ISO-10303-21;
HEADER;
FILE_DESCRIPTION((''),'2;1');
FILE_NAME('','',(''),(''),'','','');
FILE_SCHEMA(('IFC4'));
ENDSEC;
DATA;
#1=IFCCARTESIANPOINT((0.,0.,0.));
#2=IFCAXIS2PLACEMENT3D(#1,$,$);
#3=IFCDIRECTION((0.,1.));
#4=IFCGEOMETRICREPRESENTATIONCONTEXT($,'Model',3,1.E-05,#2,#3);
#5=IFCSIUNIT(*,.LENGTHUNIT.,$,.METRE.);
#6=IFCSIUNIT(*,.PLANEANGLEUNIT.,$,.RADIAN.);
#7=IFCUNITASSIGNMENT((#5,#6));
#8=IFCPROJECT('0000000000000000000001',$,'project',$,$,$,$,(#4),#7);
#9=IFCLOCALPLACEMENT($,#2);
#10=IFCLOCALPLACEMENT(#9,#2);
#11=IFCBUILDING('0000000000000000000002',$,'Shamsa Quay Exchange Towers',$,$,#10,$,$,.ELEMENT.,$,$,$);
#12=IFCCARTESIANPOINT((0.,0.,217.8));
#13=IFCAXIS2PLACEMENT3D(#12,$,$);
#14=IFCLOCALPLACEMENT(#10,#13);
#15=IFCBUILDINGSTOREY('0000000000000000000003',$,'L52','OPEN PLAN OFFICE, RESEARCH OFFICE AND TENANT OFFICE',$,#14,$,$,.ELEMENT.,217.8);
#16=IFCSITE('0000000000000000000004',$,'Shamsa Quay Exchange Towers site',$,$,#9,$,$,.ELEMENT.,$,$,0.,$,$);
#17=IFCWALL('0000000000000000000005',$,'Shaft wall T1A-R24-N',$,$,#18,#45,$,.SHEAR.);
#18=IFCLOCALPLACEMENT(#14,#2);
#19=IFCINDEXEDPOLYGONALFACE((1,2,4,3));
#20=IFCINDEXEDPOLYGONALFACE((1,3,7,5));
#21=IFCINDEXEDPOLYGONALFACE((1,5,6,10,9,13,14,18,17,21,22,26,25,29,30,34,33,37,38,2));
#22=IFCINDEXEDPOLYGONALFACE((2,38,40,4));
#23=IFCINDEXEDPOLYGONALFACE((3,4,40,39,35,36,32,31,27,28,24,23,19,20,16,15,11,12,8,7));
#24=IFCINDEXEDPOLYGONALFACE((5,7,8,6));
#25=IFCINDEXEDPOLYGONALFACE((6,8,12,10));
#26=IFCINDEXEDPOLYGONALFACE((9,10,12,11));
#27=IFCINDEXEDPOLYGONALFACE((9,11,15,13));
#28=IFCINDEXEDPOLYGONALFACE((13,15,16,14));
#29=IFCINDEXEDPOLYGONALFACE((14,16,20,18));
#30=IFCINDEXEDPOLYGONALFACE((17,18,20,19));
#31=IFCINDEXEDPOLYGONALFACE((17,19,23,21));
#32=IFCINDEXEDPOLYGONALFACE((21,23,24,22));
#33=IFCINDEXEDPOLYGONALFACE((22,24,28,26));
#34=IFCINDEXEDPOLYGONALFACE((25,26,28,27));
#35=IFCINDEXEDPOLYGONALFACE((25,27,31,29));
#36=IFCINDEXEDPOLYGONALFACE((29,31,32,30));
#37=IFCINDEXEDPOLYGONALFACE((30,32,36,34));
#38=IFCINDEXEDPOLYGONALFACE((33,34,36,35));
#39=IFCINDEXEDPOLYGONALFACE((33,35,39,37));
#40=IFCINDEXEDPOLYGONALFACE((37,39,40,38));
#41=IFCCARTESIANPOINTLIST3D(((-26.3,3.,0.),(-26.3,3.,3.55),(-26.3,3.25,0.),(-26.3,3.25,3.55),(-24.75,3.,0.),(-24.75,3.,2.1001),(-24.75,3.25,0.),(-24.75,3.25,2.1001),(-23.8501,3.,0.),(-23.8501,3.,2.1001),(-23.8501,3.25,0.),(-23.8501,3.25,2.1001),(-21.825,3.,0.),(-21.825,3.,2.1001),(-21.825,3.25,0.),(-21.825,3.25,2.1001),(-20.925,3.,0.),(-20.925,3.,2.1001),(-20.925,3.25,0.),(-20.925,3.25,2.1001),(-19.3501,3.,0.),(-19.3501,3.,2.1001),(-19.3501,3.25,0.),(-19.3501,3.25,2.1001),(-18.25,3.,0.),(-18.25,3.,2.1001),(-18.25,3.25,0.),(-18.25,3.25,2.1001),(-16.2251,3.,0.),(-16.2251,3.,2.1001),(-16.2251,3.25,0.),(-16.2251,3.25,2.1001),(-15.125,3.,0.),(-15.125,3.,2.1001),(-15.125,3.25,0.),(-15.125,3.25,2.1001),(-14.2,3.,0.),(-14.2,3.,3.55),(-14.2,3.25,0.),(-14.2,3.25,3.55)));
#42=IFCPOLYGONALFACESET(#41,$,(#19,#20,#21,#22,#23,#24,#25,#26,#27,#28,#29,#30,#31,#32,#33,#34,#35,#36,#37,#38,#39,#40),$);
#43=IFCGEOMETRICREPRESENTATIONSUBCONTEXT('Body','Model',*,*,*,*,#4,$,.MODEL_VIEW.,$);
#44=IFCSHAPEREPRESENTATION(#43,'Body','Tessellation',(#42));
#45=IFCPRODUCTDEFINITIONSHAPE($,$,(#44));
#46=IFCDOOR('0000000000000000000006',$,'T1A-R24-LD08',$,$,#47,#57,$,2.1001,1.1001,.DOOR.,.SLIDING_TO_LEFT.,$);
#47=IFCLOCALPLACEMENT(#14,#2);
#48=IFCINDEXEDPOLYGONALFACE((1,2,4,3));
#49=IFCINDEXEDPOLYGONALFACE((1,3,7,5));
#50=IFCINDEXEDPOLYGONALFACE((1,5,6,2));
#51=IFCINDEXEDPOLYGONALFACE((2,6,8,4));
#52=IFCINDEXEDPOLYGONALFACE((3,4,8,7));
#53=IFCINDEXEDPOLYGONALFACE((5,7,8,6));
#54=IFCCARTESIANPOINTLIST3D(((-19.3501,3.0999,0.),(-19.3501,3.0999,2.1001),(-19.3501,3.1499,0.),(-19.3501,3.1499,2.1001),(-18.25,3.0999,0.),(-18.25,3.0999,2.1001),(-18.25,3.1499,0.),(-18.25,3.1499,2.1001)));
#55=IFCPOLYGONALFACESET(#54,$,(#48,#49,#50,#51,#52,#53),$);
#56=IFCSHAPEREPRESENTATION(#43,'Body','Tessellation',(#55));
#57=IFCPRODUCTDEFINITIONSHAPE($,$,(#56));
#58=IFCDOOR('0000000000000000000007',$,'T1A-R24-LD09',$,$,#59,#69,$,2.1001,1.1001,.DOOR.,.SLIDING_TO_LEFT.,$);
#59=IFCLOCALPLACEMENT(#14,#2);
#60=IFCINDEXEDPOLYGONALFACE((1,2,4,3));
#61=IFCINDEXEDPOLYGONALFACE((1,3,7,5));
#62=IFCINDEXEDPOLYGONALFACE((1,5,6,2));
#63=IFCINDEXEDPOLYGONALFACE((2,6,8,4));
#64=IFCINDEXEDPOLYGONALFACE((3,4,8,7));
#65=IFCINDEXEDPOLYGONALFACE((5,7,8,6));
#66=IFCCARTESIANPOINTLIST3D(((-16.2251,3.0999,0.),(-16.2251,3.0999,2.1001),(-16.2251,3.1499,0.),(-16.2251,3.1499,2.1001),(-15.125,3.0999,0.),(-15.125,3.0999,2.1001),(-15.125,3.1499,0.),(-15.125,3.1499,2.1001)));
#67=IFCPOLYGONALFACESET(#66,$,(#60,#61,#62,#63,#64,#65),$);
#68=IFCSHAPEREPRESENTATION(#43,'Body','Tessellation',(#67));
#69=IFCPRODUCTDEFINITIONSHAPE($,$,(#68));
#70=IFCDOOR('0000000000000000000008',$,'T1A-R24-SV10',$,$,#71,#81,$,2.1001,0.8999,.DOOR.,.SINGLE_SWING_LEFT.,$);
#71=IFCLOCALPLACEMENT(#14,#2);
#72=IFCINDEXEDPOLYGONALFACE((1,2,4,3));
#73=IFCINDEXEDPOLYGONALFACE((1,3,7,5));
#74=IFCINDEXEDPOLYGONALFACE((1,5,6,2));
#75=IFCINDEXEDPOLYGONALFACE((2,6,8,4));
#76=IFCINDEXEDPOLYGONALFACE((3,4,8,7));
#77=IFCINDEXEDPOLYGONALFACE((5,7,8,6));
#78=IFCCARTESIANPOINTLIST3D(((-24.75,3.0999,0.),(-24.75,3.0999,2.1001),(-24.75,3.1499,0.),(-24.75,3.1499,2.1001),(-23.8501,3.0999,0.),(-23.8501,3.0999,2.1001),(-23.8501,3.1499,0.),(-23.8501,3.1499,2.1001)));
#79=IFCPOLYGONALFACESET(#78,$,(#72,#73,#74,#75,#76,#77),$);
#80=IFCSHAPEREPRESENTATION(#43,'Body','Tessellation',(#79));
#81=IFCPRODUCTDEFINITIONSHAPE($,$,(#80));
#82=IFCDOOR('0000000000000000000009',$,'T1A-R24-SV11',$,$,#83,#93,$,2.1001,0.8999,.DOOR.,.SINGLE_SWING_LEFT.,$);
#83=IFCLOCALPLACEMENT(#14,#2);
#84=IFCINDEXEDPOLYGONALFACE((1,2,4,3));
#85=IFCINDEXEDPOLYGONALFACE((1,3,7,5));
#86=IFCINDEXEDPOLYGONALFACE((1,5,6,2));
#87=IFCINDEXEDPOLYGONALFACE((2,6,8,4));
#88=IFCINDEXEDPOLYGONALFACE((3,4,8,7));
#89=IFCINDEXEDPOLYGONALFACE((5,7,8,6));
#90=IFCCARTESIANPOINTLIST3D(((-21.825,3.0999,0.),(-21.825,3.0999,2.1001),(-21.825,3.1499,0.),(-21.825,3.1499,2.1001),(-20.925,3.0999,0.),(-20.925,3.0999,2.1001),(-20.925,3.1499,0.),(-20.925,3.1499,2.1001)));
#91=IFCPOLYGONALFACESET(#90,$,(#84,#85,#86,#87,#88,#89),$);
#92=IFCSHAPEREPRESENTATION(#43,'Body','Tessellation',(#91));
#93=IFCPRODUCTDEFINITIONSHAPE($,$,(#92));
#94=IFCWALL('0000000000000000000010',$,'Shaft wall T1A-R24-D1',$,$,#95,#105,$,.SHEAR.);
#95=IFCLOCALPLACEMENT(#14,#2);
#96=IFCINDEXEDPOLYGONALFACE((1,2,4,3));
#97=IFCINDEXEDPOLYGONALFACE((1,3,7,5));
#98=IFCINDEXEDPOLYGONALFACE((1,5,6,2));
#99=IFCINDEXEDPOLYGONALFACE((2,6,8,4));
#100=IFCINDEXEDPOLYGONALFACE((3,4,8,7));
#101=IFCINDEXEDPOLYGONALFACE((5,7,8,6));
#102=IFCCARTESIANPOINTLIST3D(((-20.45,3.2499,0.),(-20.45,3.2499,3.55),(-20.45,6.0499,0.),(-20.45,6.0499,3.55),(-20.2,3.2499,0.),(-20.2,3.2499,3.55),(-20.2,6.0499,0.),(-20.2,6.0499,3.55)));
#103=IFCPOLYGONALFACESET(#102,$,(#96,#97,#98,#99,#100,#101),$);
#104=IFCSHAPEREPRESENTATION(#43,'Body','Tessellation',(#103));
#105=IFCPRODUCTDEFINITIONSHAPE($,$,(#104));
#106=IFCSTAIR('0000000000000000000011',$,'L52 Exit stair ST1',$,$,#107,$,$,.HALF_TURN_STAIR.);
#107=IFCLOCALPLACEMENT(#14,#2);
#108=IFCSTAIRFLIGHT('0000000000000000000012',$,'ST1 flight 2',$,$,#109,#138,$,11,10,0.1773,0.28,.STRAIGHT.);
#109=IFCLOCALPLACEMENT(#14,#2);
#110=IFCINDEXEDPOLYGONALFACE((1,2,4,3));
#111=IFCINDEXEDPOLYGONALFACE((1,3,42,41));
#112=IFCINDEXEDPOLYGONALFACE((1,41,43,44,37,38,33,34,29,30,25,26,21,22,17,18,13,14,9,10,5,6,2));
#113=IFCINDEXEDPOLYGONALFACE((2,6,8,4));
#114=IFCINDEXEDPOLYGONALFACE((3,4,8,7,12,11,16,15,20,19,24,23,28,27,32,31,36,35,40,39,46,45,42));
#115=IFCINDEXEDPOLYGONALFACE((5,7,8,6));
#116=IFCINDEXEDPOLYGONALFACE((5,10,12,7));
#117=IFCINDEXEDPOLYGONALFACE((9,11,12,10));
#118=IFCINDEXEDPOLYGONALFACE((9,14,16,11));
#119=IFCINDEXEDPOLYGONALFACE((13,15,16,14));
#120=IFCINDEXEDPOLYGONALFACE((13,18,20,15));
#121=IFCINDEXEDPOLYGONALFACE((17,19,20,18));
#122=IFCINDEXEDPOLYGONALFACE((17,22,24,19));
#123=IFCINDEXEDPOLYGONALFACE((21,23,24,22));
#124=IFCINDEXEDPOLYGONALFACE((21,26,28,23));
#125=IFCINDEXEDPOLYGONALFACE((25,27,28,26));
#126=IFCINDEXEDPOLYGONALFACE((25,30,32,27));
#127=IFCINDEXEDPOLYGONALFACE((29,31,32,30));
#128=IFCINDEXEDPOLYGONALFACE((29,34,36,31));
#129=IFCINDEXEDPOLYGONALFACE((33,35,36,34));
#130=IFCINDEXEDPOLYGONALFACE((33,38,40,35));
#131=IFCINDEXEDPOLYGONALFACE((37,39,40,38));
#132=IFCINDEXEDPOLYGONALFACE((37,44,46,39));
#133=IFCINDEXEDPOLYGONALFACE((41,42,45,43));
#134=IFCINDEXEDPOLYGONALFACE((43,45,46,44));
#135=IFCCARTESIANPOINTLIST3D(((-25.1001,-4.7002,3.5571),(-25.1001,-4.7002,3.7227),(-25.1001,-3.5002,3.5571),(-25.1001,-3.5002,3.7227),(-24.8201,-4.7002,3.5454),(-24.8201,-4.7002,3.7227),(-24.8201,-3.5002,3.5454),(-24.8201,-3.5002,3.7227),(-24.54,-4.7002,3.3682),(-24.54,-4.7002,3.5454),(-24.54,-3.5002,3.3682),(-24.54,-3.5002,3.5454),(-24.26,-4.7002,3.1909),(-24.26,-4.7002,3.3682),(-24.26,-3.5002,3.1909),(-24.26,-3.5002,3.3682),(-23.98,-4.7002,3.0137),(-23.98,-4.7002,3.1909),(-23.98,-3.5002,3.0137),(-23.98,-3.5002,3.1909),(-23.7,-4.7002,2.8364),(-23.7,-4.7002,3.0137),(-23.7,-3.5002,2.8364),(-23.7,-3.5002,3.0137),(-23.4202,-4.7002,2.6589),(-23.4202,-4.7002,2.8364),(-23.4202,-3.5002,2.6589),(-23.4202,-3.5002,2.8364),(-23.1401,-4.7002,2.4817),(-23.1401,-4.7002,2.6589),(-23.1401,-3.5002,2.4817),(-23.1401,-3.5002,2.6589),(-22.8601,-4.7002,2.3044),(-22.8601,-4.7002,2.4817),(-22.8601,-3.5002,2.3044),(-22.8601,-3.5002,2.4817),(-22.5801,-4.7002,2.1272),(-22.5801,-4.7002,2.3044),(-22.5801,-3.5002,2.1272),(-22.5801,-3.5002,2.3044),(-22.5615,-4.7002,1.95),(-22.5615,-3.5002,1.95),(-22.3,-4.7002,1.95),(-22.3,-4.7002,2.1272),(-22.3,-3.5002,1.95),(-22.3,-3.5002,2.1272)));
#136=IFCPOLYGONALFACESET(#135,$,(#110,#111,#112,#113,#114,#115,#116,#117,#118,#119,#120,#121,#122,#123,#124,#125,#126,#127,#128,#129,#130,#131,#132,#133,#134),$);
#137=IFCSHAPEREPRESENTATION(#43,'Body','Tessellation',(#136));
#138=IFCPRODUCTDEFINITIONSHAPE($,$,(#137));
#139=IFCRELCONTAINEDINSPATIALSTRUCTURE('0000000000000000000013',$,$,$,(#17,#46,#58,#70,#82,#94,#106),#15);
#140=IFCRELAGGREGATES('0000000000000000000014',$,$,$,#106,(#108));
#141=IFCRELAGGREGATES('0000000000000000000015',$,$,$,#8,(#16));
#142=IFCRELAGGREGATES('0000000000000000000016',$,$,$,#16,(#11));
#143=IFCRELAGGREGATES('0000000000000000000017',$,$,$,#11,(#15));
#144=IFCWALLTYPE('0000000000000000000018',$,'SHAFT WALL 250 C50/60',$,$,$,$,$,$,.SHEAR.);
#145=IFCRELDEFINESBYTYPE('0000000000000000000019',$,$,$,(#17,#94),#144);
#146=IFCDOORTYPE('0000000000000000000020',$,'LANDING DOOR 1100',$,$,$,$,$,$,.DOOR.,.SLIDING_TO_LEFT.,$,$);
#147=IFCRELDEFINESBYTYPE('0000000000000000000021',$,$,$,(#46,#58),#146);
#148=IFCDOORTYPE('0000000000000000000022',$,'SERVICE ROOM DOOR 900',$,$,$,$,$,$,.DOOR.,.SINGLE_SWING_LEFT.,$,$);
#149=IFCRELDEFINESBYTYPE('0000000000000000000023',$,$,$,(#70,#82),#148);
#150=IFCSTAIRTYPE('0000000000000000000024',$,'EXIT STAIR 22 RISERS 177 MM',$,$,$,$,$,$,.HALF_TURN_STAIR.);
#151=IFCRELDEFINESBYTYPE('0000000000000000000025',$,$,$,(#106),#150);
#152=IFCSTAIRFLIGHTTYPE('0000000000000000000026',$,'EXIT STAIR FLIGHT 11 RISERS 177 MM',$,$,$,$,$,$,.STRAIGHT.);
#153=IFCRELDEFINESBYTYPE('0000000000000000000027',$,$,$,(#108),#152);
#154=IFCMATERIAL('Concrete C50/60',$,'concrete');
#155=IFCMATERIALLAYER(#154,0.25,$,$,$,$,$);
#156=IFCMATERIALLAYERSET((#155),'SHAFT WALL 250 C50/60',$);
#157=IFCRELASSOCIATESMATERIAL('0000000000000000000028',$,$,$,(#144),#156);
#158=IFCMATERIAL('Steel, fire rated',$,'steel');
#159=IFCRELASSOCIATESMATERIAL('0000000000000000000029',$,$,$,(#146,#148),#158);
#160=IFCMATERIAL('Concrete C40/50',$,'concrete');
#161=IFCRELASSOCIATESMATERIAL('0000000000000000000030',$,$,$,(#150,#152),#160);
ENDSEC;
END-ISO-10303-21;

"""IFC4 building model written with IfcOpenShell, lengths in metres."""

from ifc_helpers import new_model, si_unit, direction, frame, frame_2d, origin, place, context, subcontext, project, spatial, polyline, rectangle, outline, extrude, material, layer, layer_set, type_object, element, fill, aggregate, save


model = new_model("IFC4")

# Units and contexts
model_context = context("Model", 3, precision=1e-05, world=origin(), true_north=direction((0.0, 1.0)))
body_context = subcontext(model_context, "Body", "Model", "MODEL_VIEW")
ifc_project = project(units=[si_unit("LENGTHUNIT", "METRE"), si_unit("PLANEANGLEUNIT", "RADIAN")], contexts=[model_context])

# Site, building, storey
site_placement = place(None, origin())
site = spatial("IfcSite", under=ifc_project, at=site_placement, Name="Shamsa Quay Exchange Towers site", CompositionType="ELEMENT", RefElevation=0.0)
building_placement = place(site_placement, origin())
building = spatial("IfcBuilding", under=site, at=building_placement, Name="Shamsa Quay Exchange Towers", CompositionType="ELEMENT")
storey_placement = place(building_placement, frame((0.0, 0.0, 217.8)))
storey = spatial("IfcBuildingStorey", under=building, at=storey_placement, Name="L52", Description="OPEN PLAN OFFICE, RESEARCH OFFICE AND TENANT OFFICE", CompositionType="ELEMENT", Elevation=217.8)

# Shared definitions
ifc_material_1 = material(Name="Steel, fire rated", Category="steel")

# Shared definitions
ifc_material_2 = material(Name="Concrete C50/60", Category="concrete")
ifc_layer_1 = layer(ifc_material_2, 0.25)
ifc_layer_set_1 = layer_set([ifc_layer_1], Name="SHAFT WALL 250 C50/60")
wall_type_1 = type_object("IfcWallType", Name="SHAFT WALL 250 C50/60", PredefinedType="SHEAR", material=ifc_layer_set_1)

# Wall, openings, doors
wall_1_placement = place(storey_placement, frame((-26.3, 3.125, 0.0)))
wall_1 = element("IfcWall", 1, at=wall_1_placement, inside=storey, type_object=wall_type_1, Name="Shaft wall T1A-R24-N", PredefinedType="SHEAR", context=body_context, shape_type="SweptSolid", body=[
    extrude(rectangle(XDim=12.1001, YDim=0.25, at=frame_2d((6.05, 0.0))), origin(), (0.0, 0.0, 1.0), 3.55),
])
opening_1_placement = place(wall_1_placement, frame((6.95, 0.0, 0.0)))
opening_1 = element("IfcOpeningElement", 2, at=opening_1_placement, cuts=wall_1, PredefinedType="OPENING", context=body_context, shape_type="SweptSolid", body=[
    extrude(rectangle(XDim=1.1001, YDim=2.1001, at=frame_2d((0.55, 1.05))), frame((0.0, 0.135, 0.0), z_axis=(0.0, -1.0, 0.0), x_axis=(1.0, 0.0, 0.0)), (0.0, 0.0, 1.0), 0.27),
])
opening_2_placement = place(wall_1_placement, frame((10.075, 0.0, 0.0)))
opening_2 = element("IfcOpeningElement", 3, at=opening_2_placement, cuts=wall_1, PredefinedType="OPENING", context=body_context, shape_type="SweptSolid", body=[
    extrude(rectangle(XDim=1.1001, YDim=2.1001, at=frame_2d((0.55, 1.05))), frame((0.0, 0.135, 0.0), z_axis=(0.0, -1.0, 0.0), x_axis=(1.0, 0.0, 0.0)), (0.0, 0.0, 1.0), 0.27),
])
opening_3_placement = place(wall_1_placement, frame((1.55, 0.0, 0.0)))
opening_3 = element("IfcOpeningElement", 4, at=opening_3_placement, cuts=wall_1, PredefinedType="OPENING", context=body_context, shape_type="SweptSolid", body=[
    extrude(rectangle(XDim=0.8999, YDim=2.1001, at=frame_2d((0.45, 1.05))), frame((0.0, 0.135, 0.0), z_axis=(0.0, -1.0, 0.0), x_axis=(1.0, 0.0, 0.0)), (0.0, 0.0, 1.0), 0.27),
])
opening_4_placement = place(wall_1_placement, frame((4.4751, 0.0, 0.0)))
opening_4 = element("IfcOpeningElement", 5, at=opening_4_placement, cuts=wall_1, PredefinedType="OPENING", context=body_context, shape_type="SweptSolid", body=[
    extrude(rectangle(XDim=0.8999, YDim=2.1001, at=frame_2d((0.45, 1.05))), frame((0.0, 0.135, 0.0), z_axis=(0.0, -1.0, 0.0), x_axis=(1.0, 0.0, 0.0)), (0.0, 0.0, 1.0), 0.27),
])
door_type_1 = type_object("IfcDoorType", Name="LANDING DOOR 1100", OperationType="SLIDING_TO_LEFT", PredefinedType="DOOR", material=ifc_material_1)
door_1_placement = place(opening_1_placement, origin())
door_1 = element("IfcDoor", 6, at=door_1_placement, inside=storey, type_object=door_type_1, Name="T1A-R24-LD08", OperationType="SLIDING_TO_LEFT", OverallHeight=2.1001, OverallWidth=1.1001, PredefinedType="DOOR", context=body_context, shape_type="SweptSolid", body=[
    extrude(rectangle(XDim=1.1001, YDim=2.1001, at=frame_2d((0.55, 1.05))), frame((0.0, 0.0249, 0.0), z_axis=(0.0, -1.0, 0.0), x_axis=(1.0, 0.0, 0.0)), (0.0, 0.0, 1.0), 0.05),
])
fill(opening_1, door_1)
door_2_placement = place(opening_2_placement, origin())
door_2 = element("IfcDoor", 7, at=door_2_placement, inside=storey, type_object=door_type_1, Name="T1A-R24-LD09", OperationType="SLIDING_TO_LEFT", OverallHeight=2.1001, OverallWidth=1.1001, PredefinedType="DOOR", context=body_context, shape_type="SweptSolid", body=[
    extrude(rectangle(XDim=1.1001, YDim=2.1001, at=frame_2d((0.55, 1.05))), frame((0.0, 0.0249, 0.0), z_axis=(0.0, -1.0, 0.0), x_axis=(1.0, 0.0, 0.0)), (0.0, 0.0, 1.0), 0.05),
])
fill(opening_2, door_2)
door_type_2 = type_object("IfcDoorType", Name="SERVICE ROOM DOOR 900", OperationType="SINGLE_SWING_LEFT", PredefinedType="DOOR", material=ifc_material_1)
door_3_placement = place(opening_3_placement, origin())
door_3 = element("IfcDoor", 8, at=door_3_placement, inside=storey, type_object=door_type_2, Name="T1A-R24-SV10", OperationType="SINGLE_SWING_LEFT", OverallHeight=2.1001, OverallWidth=0.8999, PredefinedType="DOOR", context=body_context, shape_type="SweptSolid", body=[
    extrude(rectangle(XDim=0.8999, YDim=2.1001, at=frame_2d((0.45, 1.05))), frame((0.0, 0.0249, 0.0), z_axis=(0.0, -1.0, 0.0), x_axis=(1.0, 0.0, 0.0)), (0.0, 0.0, 1.0), 0.05),
])
fill(opening_3, door_3)
door_4_placement = place(opening_4_placement, origin())
door_4 = element("IfcDoor", 9, at=door_4_placement, inside=storey, type_object=door_type_2, Name="T1A-R24-SV11", OperationType="SINGLE_SWING_LEFT", OverallHeight=2.1001, OverallWidth=0.8999, PredefinedType="DOOR", context=body_context, shape_type="SweptSolid", body=[
    extrude(rectangle(XDim=0.8999, YDim=2.1001, at=frame_2d((0.45, 1.05))), frame((0.0, 0.0249, 0.0), z_axis=(0.0, -1.0, 0.0), x_axis=(1.0, 0.0, 0.0)), (0.0, 0.0, 1.0), 0.05),
])
fill(opening_4, door_4)

# Wall
wall_2_placement = place(storey_placement, frame((-20.325, 3.25, 0.0), z_axis=(0.0, 0.0, 1.0), x_axis=(0.0, 1.0, 0.0)))
element("IfcWall", 10, at=wall_2_placement, inside=storey, type_object=wall_type_1, Name="Shaft wall T1A-R24-D1", PredefinedType="SHEAR", context=body_context, shape_type="SweptSolid", body=[
    extrude(rectangle(XDim=2.8, YDim=0.25, at=frame_2d((1.3999, 0.0))), origin(), (0.0, 0.0, 1.0), 3.55),
])

# Stair, stair flight
ifc_material_3 = material(Name="Concrete C40/50", Category="concrete")
stair_type = type_object("IfcStairType", Name="EXIT STAIR 22 RISERS 177 MM", PredefinedType="HALF_TURN_STAIR", material=ifc_material_3)
stair_placement = place(storey_placement, origin())
stair = element("IfcStair", 11, at=stair_placement, inside=storey, type_object=stair_type, Name="L52 Exit stair ST1", PredefinedType="HALF_TURN_STAIR")
stair_flight_type = type_object("IfcStairFlightType", Name="EXIT STAIR FLIGHT 11 RISERS 177 MM", PredefinedType="STRAIGHT", material=ifc_material_3)
stair_flight_placement = place(storey_placement, frame((-22.3, -4.1001, 1.95), z_axis=(0.0, 0.0, 1.0), x_axis=(-1.0, 0.0, 0.0)))
stair_flight = element("IfcStairFlight", 12, at=stair_flight_placement, type_object=stair_flight_type, Name="ST1 flight 2", NumberOfRisers=11, NumberOfTreads=10, PredefinedType="STRAIGHT", RiserHeight=0.1773, TreadLength=0.28, context=body_context, shape_type="SweptSolid", body=[
    extrude(outline(polyline([(0.0, 0.0), (0.0, 0.1772), (0.28, 0.1772), (0.28, 0.3545), (0.5601, 0.3545), (0.5601, 0.5317), (0.8401, 0.5317), (0.8401, 0.709), (1.1201, 0.709), (1.1201, 0.8865), (1.3999, 0.8865), (1.3999, 1.0637), (1.6799, 1.0637), (1.6799, 1.241), (1.96, 1.241), (1.96, 1.4182), (2.24, 1.4182), (2.24, 1.5955), (2.52, 1.5955), (2.52, 1.7727), (2.8, 1.7727), (2.8, 1.95), (2.8, 1.6072), (0.2615, 0.0), (0.0, 0.0)])), frame((0.0, 0.6001, 0.0), z_axis=(0.0, -1.0, 0.0), x_axis=(1.0, 0.0, 0.0)), (0.0, 0.0, 1.0), 1.2),
])
aggregate(stair, [stair_flight])

save(model, "model.ifc")
